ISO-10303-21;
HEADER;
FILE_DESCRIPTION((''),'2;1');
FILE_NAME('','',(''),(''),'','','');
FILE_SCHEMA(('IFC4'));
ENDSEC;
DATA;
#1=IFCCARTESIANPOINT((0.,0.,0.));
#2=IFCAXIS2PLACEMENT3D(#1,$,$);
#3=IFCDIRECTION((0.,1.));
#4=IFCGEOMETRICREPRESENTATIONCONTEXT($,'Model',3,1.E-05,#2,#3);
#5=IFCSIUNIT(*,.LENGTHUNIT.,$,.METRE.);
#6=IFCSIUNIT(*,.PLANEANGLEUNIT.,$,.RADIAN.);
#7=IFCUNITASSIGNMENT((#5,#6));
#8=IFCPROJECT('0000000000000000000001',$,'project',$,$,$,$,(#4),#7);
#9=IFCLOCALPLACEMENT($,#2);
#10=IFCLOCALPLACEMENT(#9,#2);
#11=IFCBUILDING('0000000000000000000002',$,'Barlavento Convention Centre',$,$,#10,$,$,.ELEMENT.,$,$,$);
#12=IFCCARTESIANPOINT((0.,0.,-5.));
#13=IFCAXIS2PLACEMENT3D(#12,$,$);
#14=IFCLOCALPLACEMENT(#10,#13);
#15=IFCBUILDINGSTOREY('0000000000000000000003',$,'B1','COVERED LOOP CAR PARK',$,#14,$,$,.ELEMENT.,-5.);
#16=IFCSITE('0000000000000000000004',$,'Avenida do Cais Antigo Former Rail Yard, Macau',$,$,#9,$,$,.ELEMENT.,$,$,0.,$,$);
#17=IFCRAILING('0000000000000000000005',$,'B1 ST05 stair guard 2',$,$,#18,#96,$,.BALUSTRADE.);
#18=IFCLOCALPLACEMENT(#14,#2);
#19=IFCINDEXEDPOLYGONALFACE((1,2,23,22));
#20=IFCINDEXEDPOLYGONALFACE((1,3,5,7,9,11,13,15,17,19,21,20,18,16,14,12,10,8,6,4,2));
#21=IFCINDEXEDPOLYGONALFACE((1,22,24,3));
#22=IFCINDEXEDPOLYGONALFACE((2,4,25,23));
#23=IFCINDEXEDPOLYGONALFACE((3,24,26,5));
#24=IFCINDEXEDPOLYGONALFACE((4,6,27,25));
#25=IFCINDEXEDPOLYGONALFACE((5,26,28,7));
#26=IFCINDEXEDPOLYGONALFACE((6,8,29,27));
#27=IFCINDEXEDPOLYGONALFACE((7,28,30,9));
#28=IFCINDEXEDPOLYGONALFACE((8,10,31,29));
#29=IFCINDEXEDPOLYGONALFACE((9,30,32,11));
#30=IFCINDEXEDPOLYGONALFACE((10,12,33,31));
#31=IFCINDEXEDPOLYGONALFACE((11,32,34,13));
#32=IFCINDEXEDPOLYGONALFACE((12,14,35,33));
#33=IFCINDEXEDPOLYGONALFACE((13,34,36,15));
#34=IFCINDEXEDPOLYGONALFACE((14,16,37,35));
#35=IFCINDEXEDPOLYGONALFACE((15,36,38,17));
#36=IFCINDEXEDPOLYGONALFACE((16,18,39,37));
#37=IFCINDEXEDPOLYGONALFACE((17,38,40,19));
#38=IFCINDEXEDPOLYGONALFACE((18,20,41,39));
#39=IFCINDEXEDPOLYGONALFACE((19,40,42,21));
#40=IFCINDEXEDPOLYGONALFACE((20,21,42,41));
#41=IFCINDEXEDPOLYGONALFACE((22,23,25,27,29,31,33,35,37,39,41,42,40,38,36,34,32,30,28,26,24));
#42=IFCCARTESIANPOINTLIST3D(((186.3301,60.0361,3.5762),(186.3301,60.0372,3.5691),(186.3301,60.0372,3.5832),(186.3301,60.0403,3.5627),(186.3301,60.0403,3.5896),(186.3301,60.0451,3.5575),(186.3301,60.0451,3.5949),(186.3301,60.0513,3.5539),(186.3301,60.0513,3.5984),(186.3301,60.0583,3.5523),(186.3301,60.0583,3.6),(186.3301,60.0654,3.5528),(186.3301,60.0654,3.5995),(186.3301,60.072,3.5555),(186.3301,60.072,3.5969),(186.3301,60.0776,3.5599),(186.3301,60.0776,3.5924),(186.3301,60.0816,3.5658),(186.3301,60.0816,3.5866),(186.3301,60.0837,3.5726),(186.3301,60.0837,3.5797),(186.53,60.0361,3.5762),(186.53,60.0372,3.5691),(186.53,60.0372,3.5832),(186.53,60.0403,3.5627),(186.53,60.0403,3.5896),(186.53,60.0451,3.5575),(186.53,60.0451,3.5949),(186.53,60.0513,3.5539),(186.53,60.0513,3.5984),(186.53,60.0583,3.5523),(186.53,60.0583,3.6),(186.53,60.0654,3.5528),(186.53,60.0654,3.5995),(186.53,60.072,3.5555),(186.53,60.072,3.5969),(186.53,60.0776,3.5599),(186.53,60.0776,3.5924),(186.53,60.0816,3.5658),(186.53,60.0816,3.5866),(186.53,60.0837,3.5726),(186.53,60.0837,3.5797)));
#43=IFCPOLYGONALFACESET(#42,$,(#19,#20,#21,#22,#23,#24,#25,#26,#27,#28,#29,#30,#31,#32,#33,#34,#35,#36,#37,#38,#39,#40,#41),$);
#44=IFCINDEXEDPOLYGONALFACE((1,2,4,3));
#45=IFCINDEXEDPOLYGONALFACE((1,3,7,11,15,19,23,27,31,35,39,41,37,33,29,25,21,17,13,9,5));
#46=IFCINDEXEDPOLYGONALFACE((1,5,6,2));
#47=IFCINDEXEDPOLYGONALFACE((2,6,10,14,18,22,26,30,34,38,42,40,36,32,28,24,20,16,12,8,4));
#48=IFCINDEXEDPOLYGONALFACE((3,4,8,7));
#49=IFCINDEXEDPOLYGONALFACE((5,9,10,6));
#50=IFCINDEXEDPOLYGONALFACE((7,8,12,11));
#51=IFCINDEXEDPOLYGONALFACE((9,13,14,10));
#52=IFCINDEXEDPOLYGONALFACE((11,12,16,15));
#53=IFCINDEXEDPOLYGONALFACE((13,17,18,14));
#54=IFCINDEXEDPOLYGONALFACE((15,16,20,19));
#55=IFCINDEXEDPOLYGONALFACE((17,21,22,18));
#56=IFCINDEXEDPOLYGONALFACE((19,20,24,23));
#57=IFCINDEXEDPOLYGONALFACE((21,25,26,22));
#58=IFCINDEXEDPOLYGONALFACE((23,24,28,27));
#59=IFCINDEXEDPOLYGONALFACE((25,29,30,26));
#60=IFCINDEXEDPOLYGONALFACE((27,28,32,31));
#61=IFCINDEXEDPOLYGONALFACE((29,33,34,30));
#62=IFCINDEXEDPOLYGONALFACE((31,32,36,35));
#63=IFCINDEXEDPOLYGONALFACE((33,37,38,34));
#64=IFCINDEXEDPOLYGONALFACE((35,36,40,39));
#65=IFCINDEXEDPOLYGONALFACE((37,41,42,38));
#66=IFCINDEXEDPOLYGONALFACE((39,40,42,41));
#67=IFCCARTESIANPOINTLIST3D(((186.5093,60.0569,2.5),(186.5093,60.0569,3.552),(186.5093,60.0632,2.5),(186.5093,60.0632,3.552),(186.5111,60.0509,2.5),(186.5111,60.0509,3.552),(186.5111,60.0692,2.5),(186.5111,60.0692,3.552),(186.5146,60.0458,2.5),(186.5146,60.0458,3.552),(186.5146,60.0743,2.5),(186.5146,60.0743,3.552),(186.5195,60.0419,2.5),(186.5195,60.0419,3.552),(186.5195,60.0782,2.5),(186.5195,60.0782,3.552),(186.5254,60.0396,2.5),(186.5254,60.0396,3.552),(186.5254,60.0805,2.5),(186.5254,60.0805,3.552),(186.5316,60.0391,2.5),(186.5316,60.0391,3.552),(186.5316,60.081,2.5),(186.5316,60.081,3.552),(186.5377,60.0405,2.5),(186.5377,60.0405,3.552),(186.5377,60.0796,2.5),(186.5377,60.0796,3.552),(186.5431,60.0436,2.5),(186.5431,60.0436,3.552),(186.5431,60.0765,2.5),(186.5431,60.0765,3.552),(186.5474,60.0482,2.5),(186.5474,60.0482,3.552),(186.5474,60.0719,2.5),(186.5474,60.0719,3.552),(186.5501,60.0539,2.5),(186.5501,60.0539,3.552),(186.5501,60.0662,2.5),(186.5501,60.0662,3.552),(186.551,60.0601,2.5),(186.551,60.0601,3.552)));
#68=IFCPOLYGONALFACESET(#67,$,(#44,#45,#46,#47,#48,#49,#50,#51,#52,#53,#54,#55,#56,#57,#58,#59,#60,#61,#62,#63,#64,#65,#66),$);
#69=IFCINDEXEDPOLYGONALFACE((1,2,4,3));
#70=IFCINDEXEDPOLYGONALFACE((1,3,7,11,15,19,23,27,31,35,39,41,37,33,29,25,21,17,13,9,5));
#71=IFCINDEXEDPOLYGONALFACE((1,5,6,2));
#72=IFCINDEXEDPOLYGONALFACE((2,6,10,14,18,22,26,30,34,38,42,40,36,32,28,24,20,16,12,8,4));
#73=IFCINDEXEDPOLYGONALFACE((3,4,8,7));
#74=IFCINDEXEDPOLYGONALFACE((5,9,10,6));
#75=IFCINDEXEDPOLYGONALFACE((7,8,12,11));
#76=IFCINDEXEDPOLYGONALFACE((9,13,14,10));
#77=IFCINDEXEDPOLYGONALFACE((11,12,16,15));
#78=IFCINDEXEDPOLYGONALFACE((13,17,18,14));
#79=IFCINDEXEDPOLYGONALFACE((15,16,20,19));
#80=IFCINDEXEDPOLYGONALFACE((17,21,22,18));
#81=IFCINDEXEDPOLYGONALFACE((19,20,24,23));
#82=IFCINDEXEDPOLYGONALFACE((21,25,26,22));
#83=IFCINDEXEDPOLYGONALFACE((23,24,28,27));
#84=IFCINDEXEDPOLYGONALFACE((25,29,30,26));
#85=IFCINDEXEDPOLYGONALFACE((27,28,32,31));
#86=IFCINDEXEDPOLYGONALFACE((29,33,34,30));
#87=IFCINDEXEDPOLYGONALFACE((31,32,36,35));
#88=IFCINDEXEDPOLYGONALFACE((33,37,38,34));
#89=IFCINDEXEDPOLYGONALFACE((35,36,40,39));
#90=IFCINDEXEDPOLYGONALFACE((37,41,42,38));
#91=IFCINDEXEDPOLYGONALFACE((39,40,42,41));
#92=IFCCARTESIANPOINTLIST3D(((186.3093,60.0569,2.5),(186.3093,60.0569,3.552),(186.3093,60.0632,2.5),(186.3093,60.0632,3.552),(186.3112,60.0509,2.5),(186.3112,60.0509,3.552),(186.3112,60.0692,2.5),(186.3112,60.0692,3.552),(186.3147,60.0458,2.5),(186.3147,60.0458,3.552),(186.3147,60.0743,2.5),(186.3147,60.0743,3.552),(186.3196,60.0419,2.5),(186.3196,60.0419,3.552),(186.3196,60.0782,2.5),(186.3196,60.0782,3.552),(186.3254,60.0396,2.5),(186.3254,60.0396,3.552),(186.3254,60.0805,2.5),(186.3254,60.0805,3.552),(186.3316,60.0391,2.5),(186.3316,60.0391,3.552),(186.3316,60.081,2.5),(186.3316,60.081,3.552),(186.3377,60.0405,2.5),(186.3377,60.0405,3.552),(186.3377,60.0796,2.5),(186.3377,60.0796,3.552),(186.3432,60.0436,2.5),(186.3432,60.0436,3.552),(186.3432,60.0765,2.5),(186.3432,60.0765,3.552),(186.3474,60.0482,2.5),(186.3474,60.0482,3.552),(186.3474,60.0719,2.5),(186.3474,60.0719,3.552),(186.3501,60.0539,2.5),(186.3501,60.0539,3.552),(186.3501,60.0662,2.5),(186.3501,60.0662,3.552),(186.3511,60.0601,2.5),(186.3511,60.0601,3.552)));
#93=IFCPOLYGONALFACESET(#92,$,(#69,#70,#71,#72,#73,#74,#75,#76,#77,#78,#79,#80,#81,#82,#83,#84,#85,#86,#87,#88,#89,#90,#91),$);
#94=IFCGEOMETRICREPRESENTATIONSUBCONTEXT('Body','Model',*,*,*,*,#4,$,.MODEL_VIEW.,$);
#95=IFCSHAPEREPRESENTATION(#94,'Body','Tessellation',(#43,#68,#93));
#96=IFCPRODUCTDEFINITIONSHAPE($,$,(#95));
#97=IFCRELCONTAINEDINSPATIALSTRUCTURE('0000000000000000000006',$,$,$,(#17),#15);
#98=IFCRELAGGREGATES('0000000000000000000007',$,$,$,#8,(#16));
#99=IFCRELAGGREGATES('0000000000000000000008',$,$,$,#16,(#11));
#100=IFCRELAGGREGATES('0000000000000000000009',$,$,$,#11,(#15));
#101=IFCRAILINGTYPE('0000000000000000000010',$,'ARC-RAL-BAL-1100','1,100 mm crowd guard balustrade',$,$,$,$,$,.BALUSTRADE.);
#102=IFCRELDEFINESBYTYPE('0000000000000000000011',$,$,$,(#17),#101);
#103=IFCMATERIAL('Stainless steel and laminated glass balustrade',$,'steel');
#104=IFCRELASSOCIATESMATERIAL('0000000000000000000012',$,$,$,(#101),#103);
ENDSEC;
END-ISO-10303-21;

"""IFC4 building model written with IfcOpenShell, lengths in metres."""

from ifc_helpers import new_model, si_unit, direction, frame, origin, origin_2d, place, context, subcontext, project, spatial, circle, extrude, material, type_object, element, save


model = new_model("IFC4")

# Units and contexts
model_context = context("Model", 3, precision=1e-05, world=origin(), true_north=direction((0.0, 1.0)))
body_context = subcontext(model_context, "Body", "Model", "MODEL_VIEW")
ifc_project = project(units=[si_unit("LENGTHUNIT", "METRE"), si_unit("PLANEANGLEUNIT", "RADIAN")], contexts=[model_context])

# Site, building, storey
site_placement = place(None, origin())
site = spatial("IfcSite", under=ifc_project, at=site_placement, Name="Avenida do Cais Antigo Former Rail Yard, Macau", CompositionType="ELEMENT", RefElevation=0.0)
building_placement = place(site_placement, origin())
building = spatial("IfcBuilding", under=site, at=building_placement, Name="Barlavento Convention Centre", CompositionType="ELEMENT")
storey_placement = place(building_placement, frame((0.0, 0.0, -5.0)))
storey = spatial("IfcBuildingStorey", under=building, at=storey_placement, Name="B1", Description="COVERED LOOP CAR PARK", CompositionType="ELEMENT", Elevation=-5.0)

# Railing
ifc_material_1 = material(Name="Stainless steel and laminated glass balustrade", Category="steel")
railing_type_1 = type_object("IfcRailingType", Name="ARC-RAL-BAL-1100", Description="1,100 mm crowd guard balustrade", PredefinedType="BALUSTRADE", material=ifc_material_1)
railing_1_placement = place(storey_placement, frame((186.53, 60.0601, 2.5)))
element("IfcRailing", 1, at=railing_1_placement, inside=storey, type_object=railing_type_1, Name="B1 ST05 stair guard 2", PredefinedType="BALUSTRADE", context=body_context, shape_type="SweptSolid", body=[
    extrude(circle(Radius=0.0239, at=origin_2d()), frame((0.0, 0.0, 1.0762), z_axis=(-1.0, 0.0, 0.0), x_axis=(0.0, -1.0, 0.0)), (0.0, 0.0, 1.0), 0.2),
    extrude(circle(Radius=0.021, at=origin_2d()), origin(), (0.0, 0.0, 1.0), 1.052),
    extrude(circle(Radius=0.021, at=origin_2d()), frame((-0.2, 0.0, 0.0)), (0.0, 0.0, 1.0), 1.052),
])

save(model, "model.ifc")
